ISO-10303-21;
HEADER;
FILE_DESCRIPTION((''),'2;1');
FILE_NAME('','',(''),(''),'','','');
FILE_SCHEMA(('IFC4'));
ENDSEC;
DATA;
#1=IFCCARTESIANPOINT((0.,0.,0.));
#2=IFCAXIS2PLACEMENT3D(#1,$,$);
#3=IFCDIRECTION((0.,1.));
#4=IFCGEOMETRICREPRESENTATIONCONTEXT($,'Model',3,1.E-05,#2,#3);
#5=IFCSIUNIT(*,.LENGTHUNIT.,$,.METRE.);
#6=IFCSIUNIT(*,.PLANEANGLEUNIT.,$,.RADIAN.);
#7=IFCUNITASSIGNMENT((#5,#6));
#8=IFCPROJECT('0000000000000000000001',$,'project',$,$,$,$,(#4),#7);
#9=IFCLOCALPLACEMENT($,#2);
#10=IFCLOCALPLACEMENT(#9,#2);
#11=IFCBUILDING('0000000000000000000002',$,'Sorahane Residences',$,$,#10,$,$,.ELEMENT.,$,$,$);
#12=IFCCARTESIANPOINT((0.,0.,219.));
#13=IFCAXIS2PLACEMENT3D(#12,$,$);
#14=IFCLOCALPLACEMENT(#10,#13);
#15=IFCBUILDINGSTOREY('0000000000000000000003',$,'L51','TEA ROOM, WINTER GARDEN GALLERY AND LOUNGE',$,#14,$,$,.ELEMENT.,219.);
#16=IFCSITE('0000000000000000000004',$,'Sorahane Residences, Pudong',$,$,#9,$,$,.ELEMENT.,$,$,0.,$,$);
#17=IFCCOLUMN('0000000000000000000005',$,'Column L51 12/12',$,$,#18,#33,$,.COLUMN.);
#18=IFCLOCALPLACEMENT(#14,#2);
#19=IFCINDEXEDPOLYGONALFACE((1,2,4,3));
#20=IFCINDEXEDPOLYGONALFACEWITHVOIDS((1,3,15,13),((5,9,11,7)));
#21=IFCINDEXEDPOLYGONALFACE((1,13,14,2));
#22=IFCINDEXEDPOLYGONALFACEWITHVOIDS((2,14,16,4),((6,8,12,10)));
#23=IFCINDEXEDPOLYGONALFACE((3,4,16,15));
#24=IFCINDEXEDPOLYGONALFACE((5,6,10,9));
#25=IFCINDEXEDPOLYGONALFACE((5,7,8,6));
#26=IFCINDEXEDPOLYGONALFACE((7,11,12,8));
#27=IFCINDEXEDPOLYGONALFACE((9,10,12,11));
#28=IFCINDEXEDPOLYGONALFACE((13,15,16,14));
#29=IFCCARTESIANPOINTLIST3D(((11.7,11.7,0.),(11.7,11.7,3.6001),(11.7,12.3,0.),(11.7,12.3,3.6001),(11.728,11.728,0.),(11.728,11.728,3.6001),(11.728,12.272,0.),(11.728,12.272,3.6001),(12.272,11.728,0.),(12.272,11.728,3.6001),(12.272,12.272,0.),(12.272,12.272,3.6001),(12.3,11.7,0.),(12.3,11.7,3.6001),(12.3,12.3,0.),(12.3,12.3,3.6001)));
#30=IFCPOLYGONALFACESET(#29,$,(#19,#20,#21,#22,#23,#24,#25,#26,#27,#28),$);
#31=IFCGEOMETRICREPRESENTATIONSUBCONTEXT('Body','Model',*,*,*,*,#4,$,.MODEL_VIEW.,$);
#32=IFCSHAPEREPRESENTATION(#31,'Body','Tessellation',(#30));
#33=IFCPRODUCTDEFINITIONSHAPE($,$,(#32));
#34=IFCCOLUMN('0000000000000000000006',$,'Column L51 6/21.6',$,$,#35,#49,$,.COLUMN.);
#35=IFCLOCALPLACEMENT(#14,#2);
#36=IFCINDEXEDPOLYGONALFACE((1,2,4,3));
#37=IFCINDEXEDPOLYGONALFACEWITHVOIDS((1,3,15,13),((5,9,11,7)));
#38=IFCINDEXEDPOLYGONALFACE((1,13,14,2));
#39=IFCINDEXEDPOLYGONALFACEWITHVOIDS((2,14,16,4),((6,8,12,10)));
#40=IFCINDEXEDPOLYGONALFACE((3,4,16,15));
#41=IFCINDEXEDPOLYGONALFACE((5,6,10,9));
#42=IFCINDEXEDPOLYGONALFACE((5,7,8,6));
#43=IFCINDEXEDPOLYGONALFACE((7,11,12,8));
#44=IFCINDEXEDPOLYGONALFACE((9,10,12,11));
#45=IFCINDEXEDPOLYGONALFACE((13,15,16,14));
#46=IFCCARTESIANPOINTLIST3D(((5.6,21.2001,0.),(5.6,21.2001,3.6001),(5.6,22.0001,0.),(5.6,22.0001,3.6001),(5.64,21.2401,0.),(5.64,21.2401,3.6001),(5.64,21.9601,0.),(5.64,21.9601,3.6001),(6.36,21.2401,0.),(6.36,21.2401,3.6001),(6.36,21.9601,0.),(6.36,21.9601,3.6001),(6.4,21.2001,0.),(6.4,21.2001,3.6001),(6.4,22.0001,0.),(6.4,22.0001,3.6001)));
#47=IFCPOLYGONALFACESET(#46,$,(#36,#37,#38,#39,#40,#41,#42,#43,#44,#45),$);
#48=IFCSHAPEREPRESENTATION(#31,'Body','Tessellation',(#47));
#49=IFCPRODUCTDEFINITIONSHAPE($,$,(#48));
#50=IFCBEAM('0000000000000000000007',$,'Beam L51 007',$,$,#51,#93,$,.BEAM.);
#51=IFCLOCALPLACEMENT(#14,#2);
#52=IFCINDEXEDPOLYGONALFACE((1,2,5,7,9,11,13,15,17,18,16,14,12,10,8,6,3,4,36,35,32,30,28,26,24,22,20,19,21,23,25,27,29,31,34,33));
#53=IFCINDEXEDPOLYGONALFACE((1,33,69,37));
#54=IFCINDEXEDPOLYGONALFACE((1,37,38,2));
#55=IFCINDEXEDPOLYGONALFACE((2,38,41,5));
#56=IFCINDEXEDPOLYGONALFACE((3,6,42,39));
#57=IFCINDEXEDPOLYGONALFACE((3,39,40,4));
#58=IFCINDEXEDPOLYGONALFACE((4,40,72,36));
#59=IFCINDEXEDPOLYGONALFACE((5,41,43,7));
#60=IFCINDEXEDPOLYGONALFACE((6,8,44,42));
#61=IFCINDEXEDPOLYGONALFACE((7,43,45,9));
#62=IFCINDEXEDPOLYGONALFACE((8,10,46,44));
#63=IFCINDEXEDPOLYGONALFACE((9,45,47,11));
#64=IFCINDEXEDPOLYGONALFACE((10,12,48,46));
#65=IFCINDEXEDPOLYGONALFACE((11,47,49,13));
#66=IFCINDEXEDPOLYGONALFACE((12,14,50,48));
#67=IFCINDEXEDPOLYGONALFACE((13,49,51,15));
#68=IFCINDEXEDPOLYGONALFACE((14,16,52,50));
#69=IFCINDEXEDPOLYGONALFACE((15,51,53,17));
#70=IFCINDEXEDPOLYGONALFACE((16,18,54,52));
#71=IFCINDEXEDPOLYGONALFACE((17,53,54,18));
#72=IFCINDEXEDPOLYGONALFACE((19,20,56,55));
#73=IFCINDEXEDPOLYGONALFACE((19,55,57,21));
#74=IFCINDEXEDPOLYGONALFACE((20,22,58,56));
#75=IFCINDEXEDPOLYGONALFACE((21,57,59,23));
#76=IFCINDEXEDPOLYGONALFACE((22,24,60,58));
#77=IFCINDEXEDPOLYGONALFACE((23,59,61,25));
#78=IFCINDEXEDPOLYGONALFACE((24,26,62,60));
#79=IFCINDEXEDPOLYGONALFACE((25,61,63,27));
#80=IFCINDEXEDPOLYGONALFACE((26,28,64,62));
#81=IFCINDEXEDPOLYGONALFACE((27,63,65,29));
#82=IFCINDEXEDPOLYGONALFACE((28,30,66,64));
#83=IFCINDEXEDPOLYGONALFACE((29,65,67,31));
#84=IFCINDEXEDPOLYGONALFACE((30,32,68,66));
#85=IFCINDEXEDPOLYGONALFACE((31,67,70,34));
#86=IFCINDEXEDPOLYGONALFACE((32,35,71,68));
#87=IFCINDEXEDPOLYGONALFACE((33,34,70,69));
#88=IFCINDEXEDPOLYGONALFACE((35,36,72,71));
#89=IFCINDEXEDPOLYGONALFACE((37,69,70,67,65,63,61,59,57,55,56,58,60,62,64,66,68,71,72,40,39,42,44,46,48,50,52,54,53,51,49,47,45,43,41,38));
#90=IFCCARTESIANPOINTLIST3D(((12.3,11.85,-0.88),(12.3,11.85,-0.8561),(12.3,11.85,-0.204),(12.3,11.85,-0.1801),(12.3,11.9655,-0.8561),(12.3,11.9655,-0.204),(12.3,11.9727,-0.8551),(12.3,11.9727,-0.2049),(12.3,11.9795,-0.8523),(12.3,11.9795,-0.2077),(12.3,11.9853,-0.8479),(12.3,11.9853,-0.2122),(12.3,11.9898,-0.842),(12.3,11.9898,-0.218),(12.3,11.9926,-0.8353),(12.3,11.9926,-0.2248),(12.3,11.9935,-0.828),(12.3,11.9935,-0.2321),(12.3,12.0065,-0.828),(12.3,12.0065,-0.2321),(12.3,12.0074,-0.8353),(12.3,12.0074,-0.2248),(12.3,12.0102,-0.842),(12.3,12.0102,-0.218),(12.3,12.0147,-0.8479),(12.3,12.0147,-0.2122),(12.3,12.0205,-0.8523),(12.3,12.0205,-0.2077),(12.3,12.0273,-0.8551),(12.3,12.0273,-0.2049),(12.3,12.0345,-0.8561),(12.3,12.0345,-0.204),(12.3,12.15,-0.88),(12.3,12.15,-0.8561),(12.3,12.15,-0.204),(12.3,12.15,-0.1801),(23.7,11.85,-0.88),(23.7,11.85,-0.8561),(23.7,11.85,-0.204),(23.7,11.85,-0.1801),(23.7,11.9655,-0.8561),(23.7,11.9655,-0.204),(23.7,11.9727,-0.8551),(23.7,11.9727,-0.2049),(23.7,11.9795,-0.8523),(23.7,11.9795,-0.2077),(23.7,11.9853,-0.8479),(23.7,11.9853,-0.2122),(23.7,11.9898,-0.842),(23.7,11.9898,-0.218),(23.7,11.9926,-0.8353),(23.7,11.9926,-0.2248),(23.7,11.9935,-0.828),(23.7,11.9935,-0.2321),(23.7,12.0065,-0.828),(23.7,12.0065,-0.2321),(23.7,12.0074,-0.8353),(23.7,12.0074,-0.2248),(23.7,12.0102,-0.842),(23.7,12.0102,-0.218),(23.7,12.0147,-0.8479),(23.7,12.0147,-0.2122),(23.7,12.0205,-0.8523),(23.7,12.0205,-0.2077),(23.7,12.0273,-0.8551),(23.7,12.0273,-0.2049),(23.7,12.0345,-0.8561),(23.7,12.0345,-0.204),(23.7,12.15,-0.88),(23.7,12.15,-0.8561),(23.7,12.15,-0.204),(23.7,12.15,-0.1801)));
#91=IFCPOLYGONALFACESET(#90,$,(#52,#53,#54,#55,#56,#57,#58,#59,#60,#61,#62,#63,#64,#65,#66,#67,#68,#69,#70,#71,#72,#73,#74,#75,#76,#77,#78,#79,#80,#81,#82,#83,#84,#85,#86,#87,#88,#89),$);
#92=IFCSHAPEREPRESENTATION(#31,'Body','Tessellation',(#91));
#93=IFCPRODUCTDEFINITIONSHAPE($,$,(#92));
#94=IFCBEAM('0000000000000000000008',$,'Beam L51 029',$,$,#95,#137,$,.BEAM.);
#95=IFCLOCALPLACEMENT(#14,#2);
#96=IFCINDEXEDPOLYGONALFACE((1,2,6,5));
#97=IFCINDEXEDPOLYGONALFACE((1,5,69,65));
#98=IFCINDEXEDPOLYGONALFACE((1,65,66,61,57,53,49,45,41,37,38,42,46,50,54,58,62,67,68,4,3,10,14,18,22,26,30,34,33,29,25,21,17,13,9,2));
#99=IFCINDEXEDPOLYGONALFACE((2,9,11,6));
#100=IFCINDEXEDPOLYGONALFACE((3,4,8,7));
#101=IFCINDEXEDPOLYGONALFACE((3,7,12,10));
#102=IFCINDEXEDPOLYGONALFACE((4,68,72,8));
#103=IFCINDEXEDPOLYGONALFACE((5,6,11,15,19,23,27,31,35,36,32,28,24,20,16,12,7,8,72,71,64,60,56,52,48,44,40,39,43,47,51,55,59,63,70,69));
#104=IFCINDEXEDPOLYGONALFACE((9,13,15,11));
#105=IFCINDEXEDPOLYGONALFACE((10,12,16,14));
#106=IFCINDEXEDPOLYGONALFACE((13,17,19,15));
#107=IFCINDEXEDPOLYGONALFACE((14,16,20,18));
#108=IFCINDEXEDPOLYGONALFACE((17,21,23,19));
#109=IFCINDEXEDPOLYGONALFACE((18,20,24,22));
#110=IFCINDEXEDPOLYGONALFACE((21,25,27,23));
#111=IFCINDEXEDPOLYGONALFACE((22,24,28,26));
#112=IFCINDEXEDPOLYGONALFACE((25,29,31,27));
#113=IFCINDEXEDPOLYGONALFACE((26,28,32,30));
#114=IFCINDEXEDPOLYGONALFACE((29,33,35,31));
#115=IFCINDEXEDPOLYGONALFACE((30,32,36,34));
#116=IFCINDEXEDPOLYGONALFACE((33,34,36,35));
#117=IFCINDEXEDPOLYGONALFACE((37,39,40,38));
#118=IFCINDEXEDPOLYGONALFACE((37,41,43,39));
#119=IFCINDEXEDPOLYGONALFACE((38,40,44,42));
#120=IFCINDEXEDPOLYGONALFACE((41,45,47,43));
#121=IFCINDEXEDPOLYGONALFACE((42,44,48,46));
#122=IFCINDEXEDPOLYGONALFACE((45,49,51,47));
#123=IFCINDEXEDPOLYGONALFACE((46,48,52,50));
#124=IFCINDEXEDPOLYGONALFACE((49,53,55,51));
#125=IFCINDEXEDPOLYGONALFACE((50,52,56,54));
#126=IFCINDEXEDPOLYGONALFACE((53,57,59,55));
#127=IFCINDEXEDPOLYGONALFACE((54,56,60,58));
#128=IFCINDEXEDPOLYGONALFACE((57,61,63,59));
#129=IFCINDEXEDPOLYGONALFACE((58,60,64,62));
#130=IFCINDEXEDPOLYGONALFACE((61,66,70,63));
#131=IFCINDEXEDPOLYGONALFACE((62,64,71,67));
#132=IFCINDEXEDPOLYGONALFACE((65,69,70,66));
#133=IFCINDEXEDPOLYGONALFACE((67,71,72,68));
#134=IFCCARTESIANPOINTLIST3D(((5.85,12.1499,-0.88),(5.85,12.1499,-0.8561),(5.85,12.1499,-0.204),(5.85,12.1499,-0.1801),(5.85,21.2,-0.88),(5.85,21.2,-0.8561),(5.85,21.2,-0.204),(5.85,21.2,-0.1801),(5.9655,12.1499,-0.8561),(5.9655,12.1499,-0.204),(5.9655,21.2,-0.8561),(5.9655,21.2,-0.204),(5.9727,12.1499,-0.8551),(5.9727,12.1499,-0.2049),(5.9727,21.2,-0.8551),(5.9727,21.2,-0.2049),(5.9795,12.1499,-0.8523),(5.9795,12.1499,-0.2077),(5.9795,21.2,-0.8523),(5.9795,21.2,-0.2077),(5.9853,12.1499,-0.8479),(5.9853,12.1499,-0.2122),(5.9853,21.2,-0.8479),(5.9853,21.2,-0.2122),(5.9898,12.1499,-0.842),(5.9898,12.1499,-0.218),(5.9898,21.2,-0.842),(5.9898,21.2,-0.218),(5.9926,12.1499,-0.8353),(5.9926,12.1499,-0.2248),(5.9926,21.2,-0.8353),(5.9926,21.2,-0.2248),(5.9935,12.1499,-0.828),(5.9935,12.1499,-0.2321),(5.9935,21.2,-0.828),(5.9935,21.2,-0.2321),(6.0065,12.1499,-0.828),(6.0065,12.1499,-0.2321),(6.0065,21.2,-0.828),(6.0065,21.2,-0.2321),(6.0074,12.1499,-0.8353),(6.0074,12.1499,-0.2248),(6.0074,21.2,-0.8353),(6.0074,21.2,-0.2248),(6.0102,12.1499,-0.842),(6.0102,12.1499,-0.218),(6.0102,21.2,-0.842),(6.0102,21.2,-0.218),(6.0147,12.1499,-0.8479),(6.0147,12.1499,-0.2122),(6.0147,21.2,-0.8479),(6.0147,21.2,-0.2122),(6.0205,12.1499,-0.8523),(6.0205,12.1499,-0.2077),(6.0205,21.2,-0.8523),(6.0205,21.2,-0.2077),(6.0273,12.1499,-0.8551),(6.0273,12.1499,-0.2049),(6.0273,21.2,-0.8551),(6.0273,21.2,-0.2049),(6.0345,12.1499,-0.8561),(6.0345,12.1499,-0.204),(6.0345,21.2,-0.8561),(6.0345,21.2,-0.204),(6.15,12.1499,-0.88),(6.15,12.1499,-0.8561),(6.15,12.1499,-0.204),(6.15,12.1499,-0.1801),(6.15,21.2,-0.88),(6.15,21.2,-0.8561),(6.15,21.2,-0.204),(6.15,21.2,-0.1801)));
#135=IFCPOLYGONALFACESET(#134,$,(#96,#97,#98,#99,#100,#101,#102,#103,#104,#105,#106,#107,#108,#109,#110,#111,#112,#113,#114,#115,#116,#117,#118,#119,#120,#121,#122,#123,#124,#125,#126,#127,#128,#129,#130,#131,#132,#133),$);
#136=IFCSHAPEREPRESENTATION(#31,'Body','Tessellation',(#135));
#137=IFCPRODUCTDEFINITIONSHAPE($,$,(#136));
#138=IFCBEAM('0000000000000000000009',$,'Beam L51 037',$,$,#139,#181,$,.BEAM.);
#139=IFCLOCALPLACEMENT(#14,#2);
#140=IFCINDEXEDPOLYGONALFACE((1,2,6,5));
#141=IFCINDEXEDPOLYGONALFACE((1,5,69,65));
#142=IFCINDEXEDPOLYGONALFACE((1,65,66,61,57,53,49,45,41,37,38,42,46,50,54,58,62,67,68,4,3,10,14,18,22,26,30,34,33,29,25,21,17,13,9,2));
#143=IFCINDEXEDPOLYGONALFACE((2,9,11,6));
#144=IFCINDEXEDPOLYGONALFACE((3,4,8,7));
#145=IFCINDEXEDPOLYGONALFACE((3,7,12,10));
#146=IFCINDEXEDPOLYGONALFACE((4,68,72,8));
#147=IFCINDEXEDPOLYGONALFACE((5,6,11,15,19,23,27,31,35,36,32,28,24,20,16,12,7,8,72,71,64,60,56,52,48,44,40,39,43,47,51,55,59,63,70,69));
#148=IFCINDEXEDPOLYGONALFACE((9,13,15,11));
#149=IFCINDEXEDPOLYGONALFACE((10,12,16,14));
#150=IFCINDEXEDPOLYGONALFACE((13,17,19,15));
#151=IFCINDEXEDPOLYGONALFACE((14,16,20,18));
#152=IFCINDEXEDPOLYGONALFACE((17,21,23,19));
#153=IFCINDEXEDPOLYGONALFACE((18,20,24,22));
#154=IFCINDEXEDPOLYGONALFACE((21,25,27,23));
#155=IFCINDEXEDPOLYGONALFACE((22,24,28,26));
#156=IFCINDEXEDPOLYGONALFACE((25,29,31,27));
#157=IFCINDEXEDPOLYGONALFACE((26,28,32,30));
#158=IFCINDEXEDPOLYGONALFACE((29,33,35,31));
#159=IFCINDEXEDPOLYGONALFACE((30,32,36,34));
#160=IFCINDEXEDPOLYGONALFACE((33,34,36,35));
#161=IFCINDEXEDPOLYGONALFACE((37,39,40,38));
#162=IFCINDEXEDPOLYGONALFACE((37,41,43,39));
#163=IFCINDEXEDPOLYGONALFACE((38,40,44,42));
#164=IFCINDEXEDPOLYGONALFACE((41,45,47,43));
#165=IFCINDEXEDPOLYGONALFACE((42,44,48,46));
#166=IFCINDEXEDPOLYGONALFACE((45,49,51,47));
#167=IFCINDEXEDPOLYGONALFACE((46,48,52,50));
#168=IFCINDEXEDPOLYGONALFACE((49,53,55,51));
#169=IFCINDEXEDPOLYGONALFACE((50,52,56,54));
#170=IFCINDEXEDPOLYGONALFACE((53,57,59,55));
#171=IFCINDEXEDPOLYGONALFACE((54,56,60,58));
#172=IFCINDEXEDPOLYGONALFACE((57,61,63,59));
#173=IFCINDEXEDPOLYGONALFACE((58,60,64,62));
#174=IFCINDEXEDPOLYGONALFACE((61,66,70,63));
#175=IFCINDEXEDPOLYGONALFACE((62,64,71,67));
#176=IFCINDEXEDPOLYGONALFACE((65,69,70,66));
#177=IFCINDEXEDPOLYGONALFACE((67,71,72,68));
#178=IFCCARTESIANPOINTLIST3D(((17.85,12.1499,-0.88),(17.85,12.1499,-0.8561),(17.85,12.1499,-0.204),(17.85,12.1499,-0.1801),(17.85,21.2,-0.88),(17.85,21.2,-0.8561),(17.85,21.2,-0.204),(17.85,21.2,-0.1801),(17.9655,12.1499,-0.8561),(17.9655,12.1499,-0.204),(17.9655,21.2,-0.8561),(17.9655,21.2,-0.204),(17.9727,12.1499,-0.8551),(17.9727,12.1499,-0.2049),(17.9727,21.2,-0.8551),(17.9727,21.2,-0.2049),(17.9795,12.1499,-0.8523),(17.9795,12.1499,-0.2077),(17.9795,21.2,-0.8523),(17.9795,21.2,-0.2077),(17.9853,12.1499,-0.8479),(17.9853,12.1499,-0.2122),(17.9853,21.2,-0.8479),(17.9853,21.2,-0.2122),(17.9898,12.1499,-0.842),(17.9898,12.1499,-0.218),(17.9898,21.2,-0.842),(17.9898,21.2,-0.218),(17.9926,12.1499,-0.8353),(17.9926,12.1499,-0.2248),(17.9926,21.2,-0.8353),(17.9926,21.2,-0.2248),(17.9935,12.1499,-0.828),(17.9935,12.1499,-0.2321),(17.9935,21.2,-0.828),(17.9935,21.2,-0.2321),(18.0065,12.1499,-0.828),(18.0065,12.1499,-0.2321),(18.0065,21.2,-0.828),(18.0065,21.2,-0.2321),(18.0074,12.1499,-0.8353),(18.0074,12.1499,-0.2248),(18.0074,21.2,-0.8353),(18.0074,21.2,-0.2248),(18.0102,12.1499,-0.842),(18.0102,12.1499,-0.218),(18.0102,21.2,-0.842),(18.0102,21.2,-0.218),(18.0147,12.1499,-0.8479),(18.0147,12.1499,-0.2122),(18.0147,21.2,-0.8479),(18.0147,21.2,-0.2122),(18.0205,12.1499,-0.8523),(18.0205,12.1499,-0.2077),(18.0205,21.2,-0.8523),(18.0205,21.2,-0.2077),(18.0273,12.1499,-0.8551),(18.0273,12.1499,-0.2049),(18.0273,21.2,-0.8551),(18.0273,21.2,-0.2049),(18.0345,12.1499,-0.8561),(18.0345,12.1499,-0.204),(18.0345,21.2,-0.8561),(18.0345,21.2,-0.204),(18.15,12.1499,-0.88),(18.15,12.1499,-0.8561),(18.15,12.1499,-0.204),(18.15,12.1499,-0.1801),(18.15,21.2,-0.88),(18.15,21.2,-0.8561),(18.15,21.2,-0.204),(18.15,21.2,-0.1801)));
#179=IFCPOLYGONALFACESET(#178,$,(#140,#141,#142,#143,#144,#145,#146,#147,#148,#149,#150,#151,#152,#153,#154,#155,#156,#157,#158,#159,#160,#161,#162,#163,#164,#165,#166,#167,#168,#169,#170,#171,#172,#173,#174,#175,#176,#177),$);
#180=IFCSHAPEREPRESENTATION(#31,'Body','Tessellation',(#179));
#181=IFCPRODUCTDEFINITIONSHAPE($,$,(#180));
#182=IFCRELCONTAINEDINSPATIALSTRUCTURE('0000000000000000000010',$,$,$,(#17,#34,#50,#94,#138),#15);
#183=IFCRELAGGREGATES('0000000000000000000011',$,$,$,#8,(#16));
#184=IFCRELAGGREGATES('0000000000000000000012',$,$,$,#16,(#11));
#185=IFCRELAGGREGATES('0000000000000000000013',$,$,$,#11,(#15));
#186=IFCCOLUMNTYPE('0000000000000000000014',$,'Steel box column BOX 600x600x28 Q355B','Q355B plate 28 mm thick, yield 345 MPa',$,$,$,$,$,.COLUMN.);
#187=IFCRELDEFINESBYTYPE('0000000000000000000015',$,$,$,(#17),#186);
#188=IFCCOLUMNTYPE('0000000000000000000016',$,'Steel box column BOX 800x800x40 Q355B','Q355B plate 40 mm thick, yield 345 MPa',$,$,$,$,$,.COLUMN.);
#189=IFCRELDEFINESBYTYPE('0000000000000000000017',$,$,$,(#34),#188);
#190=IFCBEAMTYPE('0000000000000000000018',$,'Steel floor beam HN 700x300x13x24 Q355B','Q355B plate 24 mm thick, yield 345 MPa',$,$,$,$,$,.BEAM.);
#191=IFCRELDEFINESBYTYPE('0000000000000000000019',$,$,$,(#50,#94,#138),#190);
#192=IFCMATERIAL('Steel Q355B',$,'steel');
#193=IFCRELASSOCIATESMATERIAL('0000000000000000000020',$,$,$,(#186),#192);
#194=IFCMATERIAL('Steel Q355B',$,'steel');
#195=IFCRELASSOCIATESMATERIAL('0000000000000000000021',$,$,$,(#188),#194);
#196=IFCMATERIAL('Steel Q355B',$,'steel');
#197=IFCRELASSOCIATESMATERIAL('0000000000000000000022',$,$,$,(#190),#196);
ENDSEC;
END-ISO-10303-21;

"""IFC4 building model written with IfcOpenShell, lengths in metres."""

from ifc_helpers import new_model, si_unit, direction, frame, origin, origin_2d, place, context, subcontext, project, spatial, hollow_rectangle, i_section, extrude, material, material_profile, profile_set, type_object, element, save


model = new_model("IFC4")

# Units and contexts
model_context = context("Model", 3, precision=1e-05, world=origin(), true_north=direction((0.0, 1.0)))
body_context = subcontext(model_context, "Body", "Model", "MODEL_VIEW")
ifc_project = project(units=[si_unit("LENGTHUNIT", "METRE"), si_unit("PLANEANGLEUNIT", "RADIAN")], contexts=[model_context])

# Site, building, storey
site_placement = place(None, origin())
site = spatial("IfcSite", under=ifc_project, at=site_placement, Name="Sorahane Residences, Pudong", CompositionType="ELEMENT", RefElevation=0.0)
building_placement = place(site_placement, origin())
building = spatial("IfcBuilding", under=site, at=building_placement, Name="Sorahane Residences", CompositionType="ELEMENT")
storey_placement = place(building_placement, frame((0.0, 0.0, 219.0)))
storey = spatial("IfcBuildingStorey", under=building, at=storey_placement, Name="L51", Description="TEA ROOM, WINTER GARDEN GALLERY AND LOUNGE", CompositionType="ELEMENT", Elevation=219.0)

# Columns
ifc_material_1 = material(Name="Steel Q355B", Category="steel")
ifc_material_profile_1 = material_profile(ifc_material_1, hollow_rectangle(XDim=0.6001, YDim=0.6001, WallThickness=0.0281, at=origin_2d()), Name="BOX 600x600x28")
ifc_profile_set_1 = profile_set([ifc_material_profile_1], Name="Steel Q355B")
column_type_1 = type_object("IfcColumnType", Name="Steel box column BOX 600x600x28 Q355B", Description="Q355B plate 28 mm thick, yield 345 MPa", PredefinedType="COLUMN", material=ifc_profile_set_1)
column_1_placement = place(storey_placement, frame((12.0, 12.0, 0.0), z_axis=(0.0, 0.0, 1.0), x_axis=(1.0, 0.0, 0.0)))
element("IfcColumn", 1, at=column_1_placement, inside=storey, type_object=column_type_1, Name="Column L51 12/12", PredefinedType="COLUMN", context=body_context, shape_type="SweptSolid", body=[
    extrude(hollow_rectangle(XDim=0.6001, YDim=0.6001, WallThickness=0.0281, at=origin_2d()), origin(), (0.0, 0.0, 1.0), 3.6001),
])
ifc_material_2 = material(Name="Steel Q355B", Category="steel")
ifc_material_profile_2 = material_profile(ifc_material_2, hollow_rectangle(XDim=0.8, YDim=0.8, WallThickness=0.04, at=origin_2d()), Name="BOX 800x800x40")
ifc_profile_set_2 = profile_set([ifc_material_profile_2], Name="Steel Q355B")
column_type_2 = type_object("IfcColumnType", Name="Steel box column BOX 800x800x40 Q355B", Description="Q355B plate 40 mm thick, yield 345 MPa", PredefinedType="COLUMN", material=ifc_profile_set_2)
column_2_placement = place(storey_placement, frame((6.0, 21.6001, 0.0), z_axis=(0.0, 0.0, 1.0), x_axis=(1.0, 0.0, 0.0)))
element("IfcColumn", 2, at=column_2_placement, inside=storey, type_object=column_type_2, Name="Column L51 6/21.6", PredefinedType="COLUMN", context=body_context, shape_type="SweptSolid", body=[
    extrude(hollow_rectangle(XDim=0.8, YDim=0.8, WallThickness=0.04, at=origin_2d()), origin(), (0.0, 0.0, 1.0), 3.6001),
])

# Beams
ifc_material_3 = material(Name="Steel Q355B", Category="steel")
ifc_material_profile_3 = material_profile(ifc_material_3, i_section(OverallWidth=0.3, OverallDepth=0.7, WebThickness=0.0129, FlangeThickness=0.0239, FilletRadius=0.0281, at=origin_2d()), Name="HN 700x300x13x24")
ifc_profile_set_3 = profile_set([ifc_material_profile_3], Name="Steel Q355B")
beam_type = type_object("IfcBeamType", Name="Steel floor beam HN 700x300x13x24 Q355B", Description="Q355B plate 24 mm thick, yield 345 MPa", PredefinedType="BEAM", material=ifc_profile_set_3)
beam_1_placement = place(storey_placement, frame((12.3, 12.0, -0.53), z_axis=(1.0, 0.0, 0.0), x_axis=(0.0, 1.0, 0.0)))
element("IfcBeam", 3, at=beam_1_placement, inside=storey, type_object=beam_type, Name="Beam L51 007", PredefinedType="BEAM", context=body_context, shape_type="SweptSolid", body=[
    extrude(i_section(OverallWidth=0.3, OverallDepth=0.7, WebThickness=0.0129, FlangeThickness=0.0239, FilletRadius=0.0281, at=origin_2d()), origin(), (0.0, 0.0, 1.0), 11.3999),
])
for number, where, z_axis, x_axis, name in (
    (4, (6.0, 12.1499, -0.53), (0.0, 1.0, 0.0), (-1.0, 0.0, 0.0), "Beam L51 029"),
    (5, (18.0, 12.1499, -0.53), (0.0, 1.0, 0.0), (-1.0, 0.0, 0.0), "Beam L51 037"),
):
    element("IfcBeam", number, at=place(storey_placement, frame(where, z_axis=z_axis, x_axis=x_axis)), inside=storey, type_object=beam_type, Name=name, PredefinedType="BEAM", context=body_context, shape_type="SweptSolid", body=[
        extrude(i_section(OverallWidth=0.3, OverallDepth=0.7, WebThickness=0.0129, FlangeThickness=0.0239, FilletRadius=0.0281, at=origin_2d()), origin(), (0.0, 0.0, 1.0), 9.05),
    ])

save(model, "model.ifc")
